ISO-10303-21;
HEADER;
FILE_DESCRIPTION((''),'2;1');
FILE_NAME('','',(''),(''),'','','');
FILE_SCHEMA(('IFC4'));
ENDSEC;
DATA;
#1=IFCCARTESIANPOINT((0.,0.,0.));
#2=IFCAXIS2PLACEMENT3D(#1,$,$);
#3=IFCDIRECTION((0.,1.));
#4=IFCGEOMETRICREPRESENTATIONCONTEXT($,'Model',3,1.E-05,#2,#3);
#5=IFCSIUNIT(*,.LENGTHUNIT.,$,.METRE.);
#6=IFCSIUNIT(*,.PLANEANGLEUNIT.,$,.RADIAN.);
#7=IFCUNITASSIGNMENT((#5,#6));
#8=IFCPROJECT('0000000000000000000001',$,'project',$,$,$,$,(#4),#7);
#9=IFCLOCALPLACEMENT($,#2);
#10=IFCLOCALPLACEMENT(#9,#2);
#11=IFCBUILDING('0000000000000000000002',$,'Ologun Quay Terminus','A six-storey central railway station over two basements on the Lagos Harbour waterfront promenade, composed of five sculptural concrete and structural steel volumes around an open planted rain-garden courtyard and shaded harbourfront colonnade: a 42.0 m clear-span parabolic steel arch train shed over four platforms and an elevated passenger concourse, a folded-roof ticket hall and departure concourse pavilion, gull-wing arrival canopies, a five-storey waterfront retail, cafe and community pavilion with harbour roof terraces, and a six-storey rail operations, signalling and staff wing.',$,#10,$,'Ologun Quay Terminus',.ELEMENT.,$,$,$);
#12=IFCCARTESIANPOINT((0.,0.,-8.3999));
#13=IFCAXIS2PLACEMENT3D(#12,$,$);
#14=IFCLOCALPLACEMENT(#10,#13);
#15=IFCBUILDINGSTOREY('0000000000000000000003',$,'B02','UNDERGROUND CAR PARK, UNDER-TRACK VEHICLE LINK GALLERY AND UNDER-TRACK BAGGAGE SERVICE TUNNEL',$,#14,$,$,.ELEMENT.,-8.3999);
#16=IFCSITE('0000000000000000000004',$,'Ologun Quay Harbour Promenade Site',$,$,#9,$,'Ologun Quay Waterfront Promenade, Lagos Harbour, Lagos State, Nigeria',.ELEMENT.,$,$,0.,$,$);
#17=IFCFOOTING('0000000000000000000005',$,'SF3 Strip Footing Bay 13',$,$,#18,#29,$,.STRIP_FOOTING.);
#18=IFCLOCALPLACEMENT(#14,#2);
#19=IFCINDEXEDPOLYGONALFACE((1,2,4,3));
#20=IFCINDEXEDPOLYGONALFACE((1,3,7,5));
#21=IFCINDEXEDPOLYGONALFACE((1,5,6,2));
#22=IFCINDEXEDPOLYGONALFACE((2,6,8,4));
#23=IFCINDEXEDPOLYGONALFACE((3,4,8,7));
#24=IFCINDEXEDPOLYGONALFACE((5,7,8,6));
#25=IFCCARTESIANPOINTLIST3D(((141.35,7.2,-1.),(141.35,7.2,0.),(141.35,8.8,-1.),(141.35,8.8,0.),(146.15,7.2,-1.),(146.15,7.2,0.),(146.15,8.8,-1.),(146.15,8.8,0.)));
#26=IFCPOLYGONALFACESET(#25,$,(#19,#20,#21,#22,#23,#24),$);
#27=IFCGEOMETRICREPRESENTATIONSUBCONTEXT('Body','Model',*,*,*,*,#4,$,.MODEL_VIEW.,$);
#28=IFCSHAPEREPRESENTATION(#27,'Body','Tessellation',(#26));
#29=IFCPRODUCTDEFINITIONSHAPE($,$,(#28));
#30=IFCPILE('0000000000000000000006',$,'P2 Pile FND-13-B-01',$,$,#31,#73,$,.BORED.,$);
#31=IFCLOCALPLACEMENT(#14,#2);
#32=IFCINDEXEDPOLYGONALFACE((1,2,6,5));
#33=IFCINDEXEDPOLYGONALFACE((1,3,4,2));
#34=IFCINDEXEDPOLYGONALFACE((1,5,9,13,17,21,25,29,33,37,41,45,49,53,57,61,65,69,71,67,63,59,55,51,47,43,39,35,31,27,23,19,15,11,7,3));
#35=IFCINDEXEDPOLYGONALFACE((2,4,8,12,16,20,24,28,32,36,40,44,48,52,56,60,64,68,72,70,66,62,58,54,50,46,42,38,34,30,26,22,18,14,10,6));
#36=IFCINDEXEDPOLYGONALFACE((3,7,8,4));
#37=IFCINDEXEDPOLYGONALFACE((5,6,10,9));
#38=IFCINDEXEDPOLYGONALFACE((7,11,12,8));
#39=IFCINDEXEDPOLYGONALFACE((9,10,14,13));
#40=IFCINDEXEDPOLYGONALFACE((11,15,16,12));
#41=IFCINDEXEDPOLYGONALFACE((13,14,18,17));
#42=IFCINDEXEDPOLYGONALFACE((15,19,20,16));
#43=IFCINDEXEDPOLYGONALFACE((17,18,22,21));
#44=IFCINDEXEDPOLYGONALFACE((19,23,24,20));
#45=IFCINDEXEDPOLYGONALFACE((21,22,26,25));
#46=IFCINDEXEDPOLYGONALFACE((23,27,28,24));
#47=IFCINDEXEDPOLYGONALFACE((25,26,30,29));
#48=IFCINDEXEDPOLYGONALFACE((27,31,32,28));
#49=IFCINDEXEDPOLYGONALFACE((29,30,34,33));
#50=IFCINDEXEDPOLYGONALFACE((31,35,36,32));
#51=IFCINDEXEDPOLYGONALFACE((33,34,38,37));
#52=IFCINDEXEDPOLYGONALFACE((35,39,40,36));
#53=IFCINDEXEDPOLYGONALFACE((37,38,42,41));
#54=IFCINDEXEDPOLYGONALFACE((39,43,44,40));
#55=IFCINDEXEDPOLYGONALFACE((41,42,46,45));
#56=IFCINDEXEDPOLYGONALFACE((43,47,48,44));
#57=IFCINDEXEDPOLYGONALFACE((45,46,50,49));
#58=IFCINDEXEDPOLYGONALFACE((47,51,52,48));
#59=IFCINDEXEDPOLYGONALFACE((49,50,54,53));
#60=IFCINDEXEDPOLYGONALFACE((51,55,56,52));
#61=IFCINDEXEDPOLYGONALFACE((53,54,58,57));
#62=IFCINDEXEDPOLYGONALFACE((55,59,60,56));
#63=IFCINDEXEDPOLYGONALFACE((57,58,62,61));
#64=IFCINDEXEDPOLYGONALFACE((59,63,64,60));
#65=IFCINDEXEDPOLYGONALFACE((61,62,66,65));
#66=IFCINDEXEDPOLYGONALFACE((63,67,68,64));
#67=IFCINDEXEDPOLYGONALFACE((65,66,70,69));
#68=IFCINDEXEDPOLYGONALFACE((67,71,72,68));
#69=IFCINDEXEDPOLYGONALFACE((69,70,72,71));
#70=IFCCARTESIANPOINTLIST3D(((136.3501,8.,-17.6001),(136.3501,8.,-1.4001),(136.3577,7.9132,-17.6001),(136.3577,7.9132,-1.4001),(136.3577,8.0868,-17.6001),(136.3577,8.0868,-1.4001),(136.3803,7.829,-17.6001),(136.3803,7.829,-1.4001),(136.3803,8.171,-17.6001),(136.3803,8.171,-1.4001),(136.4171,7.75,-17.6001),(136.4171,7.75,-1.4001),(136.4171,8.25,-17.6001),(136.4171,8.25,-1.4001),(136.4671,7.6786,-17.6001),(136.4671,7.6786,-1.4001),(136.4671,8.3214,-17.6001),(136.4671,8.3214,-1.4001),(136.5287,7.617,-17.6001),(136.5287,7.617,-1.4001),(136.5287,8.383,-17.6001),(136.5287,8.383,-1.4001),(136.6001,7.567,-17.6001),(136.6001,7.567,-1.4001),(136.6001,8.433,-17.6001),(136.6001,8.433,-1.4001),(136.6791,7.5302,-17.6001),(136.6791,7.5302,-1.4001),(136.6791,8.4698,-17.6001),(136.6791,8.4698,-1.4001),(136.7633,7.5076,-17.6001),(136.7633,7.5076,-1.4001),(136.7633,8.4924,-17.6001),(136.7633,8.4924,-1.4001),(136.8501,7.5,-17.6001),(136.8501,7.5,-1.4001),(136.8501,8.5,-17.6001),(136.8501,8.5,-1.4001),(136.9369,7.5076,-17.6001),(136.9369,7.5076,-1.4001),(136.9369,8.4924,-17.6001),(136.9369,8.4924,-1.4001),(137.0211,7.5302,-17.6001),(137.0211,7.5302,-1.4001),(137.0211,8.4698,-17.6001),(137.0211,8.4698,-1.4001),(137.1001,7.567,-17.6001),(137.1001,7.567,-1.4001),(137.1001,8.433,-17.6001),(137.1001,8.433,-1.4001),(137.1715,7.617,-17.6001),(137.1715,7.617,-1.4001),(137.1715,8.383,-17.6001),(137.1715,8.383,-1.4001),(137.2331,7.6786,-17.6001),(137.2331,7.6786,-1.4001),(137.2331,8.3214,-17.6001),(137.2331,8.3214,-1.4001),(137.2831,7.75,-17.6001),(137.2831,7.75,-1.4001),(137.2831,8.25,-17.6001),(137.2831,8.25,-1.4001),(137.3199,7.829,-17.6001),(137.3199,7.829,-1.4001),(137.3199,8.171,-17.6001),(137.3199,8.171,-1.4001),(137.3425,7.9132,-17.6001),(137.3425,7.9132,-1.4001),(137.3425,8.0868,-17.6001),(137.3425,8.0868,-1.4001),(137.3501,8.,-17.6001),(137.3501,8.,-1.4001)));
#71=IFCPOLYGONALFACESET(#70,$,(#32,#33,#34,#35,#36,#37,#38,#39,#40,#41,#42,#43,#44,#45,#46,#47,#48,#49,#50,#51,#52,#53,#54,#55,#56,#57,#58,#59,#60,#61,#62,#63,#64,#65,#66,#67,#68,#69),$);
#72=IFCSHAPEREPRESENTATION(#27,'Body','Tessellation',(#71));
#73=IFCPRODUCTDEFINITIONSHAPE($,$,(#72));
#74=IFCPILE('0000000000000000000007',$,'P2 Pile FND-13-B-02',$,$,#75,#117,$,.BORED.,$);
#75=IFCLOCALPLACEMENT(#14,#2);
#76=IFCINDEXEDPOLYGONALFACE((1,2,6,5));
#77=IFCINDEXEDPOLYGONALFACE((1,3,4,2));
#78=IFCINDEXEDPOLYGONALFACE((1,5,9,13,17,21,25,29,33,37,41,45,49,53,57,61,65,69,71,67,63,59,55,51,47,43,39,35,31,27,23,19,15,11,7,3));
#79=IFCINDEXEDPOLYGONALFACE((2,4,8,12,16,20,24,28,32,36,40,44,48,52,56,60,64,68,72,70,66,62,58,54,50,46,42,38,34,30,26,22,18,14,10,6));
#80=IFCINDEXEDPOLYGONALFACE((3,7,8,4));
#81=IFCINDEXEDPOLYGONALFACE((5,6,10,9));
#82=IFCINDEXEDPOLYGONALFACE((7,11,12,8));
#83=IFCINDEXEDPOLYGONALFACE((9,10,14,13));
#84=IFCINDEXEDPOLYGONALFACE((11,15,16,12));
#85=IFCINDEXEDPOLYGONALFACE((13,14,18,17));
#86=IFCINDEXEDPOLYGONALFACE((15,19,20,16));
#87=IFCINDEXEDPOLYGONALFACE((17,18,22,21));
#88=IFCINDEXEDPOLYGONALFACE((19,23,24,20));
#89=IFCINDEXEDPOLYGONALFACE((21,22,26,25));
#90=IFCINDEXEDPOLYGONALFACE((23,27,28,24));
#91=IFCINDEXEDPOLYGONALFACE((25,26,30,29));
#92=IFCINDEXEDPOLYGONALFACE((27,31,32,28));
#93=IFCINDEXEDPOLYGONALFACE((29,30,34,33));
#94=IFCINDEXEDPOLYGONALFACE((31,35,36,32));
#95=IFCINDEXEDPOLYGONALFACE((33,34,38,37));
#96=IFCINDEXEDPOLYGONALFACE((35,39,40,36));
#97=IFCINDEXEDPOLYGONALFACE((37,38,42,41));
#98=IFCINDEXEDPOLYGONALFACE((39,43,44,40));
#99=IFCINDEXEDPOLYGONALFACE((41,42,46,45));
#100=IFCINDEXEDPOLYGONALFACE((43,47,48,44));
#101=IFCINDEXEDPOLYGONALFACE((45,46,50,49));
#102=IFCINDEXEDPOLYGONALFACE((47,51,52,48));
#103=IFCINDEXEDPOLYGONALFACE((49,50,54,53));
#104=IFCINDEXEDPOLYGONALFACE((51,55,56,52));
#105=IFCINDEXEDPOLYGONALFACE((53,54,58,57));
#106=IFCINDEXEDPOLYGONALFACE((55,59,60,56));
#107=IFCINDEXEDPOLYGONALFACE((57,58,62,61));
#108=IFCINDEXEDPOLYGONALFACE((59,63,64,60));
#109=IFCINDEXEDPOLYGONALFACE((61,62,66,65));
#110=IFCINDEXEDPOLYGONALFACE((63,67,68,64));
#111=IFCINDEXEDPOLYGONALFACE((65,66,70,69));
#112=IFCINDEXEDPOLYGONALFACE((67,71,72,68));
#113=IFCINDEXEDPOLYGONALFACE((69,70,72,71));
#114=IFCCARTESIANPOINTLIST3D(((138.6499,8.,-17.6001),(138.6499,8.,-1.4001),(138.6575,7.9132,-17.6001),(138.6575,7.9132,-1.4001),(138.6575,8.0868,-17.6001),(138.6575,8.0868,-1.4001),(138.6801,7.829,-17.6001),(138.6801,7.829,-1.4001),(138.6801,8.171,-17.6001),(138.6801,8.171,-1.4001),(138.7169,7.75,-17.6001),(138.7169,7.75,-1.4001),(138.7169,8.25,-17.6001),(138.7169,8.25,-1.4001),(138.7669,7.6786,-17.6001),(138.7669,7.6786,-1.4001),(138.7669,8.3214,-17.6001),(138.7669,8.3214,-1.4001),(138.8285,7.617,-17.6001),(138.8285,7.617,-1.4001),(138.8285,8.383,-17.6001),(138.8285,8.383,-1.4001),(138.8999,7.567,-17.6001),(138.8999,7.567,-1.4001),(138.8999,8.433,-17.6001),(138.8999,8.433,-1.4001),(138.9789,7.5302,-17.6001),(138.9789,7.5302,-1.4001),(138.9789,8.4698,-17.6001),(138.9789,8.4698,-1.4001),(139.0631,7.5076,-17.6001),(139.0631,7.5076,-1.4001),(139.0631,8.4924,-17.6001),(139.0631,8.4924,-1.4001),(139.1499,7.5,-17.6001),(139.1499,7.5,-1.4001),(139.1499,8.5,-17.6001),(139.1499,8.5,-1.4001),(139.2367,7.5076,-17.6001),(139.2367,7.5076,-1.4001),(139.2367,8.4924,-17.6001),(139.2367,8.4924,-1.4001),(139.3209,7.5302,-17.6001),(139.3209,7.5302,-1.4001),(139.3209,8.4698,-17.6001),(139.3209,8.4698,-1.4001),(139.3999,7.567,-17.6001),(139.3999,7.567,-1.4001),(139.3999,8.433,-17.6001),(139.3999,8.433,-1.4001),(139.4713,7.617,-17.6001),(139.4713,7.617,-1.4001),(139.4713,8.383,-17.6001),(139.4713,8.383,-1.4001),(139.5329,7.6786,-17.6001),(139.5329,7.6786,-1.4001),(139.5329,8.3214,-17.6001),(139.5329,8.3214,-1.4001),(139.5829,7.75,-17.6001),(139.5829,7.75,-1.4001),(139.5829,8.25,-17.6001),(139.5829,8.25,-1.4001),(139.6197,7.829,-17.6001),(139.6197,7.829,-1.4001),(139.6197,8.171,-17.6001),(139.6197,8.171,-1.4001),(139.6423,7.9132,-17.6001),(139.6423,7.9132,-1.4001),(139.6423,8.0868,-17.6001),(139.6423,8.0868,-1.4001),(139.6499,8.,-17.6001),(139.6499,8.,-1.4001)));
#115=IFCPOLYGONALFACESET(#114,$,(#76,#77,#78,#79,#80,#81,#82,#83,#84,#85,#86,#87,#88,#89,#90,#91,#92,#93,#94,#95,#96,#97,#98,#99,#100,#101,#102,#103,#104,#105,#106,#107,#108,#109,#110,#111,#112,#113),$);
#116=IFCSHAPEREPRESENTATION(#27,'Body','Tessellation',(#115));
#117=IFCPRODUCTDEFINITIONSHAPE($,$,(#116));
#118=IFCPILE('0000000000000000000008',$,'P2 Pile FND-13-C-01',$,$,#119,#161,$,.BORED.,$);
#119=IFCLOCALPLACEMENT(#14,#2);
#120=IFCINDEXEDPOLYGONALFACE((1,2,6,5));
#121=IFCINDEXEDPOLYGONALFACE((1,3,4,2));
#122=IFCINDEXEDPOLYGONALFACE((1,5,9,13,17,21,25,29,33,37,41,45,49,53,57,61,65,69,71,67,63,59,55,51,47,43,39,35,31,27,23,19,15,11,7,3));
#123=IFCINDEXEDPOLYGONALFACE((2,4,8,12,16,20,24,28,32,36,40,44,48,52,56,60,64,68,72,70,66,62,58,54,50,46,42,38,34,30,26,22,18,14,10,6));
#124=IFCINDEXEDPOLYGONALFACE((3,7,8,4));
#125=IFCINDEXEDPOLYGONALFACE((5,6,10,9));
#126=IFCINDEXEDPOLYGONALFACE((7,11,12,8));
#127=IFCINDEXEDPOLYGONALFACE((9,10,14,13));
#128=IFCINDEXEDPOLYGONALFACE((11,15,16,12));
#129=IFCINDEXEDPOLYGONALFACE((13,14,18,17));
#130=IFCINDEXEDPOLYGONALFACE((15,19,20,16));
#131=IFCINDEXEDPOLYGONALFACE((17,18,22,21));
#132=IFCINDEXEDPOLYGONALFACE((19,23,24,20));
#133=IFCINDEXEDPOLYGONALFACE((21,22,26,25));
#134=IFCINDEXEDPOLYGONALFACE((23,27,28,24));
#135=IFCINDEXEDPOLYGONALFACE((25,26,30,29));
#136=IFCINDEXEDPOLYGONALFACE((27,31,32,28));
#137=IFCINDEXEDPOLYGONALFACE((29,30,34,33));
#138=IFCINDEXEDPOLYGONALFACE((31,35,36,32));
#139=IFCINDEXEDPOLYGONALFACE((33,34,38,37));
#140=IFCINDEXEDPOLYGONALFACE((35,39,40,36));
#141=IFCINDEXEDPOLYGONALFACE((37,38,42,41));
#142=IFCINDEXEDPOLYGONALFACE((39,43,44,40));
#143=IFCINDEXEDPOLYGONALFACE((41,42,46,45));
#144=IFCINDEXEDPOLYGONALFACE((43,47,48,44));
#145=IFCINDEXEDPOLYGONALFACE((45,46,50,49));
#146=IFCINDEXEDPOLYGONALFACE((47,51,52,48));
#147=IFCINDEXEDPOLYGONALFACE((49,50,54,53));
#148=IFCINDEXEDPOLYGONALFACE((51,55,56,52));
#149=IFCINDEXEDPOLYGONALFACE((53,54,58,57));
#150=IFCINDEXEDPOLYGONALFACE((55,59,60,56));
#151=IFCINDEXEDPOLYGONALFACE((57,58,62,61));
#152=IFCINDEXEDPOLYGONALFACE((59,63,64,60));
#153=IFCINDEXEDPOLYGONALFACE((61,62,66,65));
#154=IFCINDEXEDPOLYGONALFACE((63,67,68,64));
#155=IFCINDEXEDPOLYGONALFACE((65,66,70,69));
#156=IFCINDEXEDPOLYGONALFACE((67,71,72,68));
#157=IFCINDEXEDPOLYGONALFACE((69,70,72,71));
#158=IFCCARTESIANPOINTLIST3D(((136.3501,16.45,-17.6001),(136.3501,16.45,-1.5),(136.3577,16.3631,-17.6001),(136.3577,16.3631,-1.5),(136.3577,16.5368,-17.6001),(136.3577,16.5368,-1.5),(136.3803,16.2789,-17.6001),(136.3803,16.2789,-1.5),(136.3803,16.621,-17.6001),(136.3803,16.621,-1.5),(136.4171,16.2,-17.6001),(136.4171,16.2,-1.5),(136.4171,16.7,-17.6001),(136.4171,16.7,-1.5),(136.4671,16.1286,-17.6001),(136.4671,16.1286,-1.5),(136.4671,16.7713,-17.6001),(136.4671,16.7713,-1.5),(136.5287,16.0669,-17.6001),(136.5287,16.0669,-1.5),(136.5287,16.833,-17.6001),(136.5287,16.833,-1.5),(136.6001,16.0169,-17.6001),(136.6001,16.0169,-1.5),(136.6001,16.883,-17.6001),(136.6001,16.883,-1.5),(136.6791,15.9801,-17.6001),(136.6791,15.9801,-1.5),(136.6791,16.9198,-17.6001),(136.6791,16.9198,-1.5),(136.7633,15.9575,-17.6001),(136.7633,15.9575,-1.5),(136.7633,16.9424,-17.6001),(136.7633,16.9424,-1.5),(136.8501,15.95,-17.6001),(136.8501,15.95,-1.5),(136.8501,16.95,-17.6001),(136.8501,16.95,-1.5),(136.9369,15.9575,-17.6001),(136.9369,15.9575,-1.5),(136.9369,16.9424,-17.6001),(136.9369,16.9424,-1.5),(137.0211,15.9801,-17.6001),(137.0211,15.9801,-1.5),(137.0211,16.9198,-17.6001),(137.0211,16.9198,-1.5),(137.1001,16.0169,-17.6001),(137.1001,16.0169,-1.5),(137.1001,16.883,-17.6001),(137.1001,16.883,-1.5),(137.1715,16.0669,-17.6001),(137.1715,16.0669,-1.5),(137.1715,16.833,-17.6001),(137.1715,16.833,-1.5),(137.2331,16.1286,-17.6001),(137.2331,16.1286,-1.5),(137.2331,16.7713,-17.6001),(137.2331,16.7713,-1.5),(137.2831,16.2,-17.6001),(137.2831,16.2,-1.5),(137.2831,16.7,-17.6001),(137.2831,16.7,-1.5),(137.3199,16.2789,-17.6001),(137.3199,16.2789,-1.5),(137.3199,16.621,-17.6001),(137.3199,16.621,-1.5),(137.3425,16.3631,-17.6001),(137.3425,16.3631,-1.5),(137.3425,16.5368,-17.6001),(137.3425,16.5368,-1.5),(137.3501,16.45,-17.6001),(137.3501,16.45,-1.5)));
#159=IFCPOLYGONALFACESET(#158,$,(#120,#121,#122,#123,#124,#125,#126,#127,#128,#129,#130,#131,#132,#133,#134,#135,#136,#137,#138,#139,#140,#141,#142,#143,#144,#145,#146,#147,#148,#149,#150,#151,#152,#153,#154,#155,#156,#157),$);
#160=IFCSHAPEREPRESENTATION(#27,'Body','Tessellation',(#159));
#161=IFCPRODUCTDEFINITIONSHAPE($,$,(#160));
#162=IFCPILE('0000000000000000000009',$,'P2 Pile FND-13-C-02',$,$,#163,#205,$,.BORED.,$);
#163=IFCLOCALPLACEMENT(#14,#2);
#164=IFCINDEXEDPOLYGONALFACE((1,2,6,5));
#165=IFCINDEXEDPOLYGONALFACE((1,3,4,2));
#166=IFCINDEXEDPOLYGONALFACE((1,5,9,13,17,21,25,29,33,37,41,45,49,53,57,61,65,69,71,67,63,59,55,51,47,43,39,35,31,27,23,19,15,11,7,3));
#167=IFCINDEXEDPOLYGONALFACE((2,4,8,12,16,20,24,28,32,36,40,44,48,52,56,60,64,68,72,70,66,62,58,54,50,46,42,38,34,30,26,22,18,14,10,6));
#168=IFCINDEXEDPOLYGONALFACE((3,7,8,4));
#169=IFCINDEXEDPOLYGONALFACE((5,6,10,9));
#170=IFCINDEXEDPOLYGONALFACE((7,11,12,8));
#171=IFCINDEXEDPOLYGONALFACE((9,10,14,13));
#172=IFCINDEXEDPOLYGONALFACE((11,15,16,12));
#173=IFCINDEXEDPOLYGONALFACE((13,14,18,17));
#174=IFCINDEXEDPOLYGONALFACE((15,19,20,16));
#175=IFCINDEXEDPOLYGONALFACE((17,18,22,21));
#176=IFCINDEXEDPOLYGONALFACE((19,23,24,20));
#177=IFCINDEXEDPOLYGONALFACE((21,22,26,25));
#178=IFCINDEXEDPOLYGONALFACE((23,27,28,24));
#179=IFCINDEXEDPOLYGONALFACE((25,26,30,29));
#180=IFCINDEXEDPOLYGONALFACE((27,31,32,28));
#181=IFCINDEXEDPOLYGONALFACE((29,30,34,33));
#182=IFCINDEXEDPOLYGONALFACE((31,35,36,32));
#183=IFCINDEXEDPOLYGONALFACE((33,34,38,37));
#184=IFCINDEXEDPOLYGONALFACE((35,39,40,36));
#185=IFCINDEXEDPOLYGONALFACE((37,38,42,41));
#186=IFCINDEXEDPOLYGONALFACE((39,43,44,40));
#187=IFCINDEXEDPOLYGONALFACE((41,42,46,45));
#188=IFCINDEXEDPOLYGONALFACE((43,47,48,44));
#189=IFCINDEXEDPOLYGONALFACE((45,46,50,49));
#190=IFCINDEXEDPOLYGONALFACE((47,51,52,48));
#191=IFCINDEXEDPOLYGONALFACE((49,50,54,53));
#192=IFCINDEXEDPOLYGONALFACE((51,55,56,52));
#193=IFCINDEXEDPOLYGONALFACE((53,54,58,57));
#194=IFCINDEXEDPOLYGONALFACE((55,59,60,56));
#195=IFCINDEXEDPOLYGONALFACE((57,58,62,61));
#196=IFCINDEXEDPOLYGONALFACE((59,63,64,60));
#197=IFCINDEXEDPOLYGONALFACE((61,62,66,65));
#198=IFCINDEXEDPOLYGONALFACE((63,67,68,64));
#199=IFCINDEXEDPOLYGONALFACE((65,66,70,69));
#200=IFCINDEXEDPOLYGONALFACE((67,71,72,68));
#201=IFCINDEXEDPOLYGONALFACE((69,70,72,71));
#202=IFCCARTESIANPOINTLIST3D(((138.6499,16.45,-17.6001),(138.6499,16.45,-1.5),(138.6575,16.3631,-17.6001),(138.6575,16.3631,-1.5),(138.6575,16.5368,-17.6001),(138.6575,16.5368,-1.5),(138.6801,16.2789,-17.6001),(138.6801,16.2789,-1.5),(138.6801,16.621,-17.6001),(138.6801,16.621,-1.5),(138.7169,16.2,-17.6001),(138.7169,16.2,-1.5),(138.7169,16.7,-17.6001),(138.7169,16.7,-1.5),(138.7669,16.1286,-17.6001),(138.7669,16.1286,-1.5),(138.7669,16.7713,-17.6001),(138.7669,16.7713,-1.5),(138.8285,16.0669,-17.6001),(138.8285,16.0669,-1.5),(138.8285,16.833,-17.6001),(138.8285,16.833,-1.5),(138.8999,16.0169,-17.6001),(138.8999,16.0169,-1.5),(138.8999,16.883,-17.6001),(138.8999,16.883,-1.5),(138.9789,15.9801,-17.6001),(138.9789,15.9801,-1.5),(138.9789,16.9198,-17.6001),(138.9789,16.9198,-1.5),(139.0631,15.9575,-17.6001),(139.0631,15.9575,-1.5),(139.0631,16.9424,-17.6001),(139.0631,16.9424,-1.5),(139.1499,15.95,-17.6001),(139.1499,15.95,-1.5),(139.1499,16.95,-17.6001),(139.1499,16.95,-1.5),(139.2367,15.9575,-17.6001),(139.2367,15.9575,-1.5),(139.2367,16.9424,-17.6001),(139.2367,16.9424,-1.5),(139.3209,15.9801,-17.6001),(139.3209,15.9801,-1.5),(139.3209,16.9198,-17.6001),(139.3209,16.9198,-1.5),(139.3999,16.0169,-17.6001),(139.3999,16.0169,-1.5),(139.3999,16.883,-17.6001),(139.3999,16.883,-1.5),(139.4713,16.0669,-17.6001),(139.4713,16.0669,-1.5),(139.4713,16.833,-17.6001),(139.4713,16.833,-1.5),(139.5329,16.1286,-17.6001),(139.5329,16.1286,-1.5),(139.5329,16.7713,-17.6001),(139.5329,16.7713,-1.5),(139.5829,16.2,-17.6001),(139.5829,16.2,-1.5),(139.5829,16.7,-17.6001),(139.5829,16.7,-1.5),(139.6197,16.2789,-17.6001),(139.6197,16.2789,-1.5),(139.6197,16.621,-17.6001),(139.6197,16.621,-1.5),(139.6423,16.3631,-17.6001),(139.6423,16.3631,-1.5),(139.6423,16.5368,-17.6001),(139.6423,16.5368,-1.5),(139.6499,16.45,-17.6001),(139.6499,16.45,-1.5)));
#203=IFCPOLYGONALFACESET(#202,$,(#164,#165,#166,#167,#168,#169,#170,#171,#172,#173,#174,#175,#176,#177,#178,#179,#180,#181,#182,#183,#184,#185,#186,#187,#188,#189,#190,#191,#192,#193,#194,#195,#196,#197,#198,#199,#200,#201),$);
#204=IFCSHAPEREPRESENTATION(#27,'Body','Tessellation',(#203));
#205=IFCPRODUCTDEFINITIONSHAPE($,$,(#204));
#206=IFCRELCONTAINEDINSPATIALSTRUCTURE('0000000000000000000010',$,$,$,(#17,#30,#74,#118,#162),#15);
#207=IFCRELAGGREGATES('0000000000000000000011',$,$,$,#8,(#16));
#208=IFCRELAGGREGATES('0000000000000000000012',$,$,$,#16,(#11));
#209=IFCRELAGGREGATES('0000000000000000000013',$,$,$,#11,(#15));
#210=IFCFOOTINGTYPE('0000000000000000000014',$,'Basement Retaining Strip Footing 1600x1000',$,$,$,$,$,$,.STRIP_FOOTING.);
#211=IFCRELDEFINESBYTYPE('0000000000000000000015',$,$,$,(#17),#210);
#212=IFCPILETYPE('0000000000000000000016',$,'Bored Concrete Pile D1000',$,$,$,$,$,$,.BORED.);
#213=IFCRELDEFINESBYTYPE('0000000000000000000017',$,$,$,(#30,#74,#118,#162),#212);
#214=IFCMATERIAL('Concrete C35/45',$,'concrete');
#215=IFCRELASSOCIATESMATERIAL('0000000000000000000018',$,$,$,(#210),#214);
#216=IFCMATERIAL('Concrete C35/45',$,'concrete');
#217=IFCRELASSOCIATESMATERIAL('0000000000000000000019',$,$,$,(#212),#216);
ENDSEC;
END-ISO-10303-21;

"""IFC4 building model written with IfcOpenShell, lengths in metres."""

from ifc_helpers import new_model, si_unit, direction, frame, origin, origin_2d, place, context, subcontext, project, spatial, rectangle, circle, extrude, material, material_profile, profile_set, type_object, element, save


model = new_model("IFC4")

# Units and contexts
model_context = context("Model", 3, precision=1e-05, world=origin(), true_north=direction((0.0, 1.0)))
body_context = subcontext(model_context, "Body", "Model", "MODEL_VIEW")
ifc_project = project(units=[si_unit("LENGTHUNIT", "METRE"), si_unit("PLANEANGLEUNIT", "RADIAN")], contexts=[model_context])

# Site, building, storey
site_placement = place(None, origin())
site = spatial("IfcSite", under=ifc_project, at=site_placement, Name="Ologun Quay Harbour Promenade Site", LongName="Ologun Quay Waterfront Promenade, Lagos Harbour, Lagos State, Nigeria", CompositionType="ELEMENT", RefElevation=0.0)
building_placement = place(site_placement, origin())
building = spatial("IfcBuilding", under=site, at=building_placement, Name="Ologun Quay Terminus", Description="A six-storey central railway station over two basements on the Lagos Harbour waterfront promenade, composed of five sculptural concrete and structural steel volumes around an open planted rain-garden courtyard and shaded harbourfront colonnade: a 42.0 m clear-span parabolic steel arch train shed over four platforms and an elevated passenger concourse, a folded-roof ticket hall and departure concourse pavilion, gull-wing arrival canopies, a five-storey waterfront retail, cafe and community pavilion with harbour roof terraces, and a six-storey rail operations, signalling and staff wing.", LongName="Ologun Quay Terminus", CompositionType="ELEMENT")
storey_placement = place(building_placement, frame((0.0, 0.0, -8.3999)))
storey = spatial("IfcBuildingStorey", under=building, at=storey_placement, Name="B02", Description="UNDERGROUND CAR PARK, UNDER-TRACK VEHICLE LINK GALLERY AND UNDER-TRACK BAGGAGE SERVICE TUNNEL", CompositionType="ELEMENT", Elevation=-8.3999)

# Footing
ifc_material_1 = material(Name="Concrete C35/45", Category="concrete")
footing_type_1 = type_object("IfcFootingType", Name="Basement Retaining Strip Footing 1600x1000", PredefinedType="STRIP_FOOTING", material=ifc_material_1)
footing_1_placement = place(storey_placement, frame((143.75, 8.0, -1.0), z_axis=(0.0, 0.0, 1.0), x_axis=(1.0, 0.0, 0.0)))
element("IfcFooting", 1, at=footing_1_placement, inside=storey, type_object=footing_type_1, Name="SF3 Strip Footing Bay 13", PredefinedType="STRIP_FOOTING", context=body_context, shape_type="SweptSolid", body=[
    extrude(rectangle(XDim=4.8, YDim=1.6001, at=origin_2d()), origin(), (0.0, 0.0, 1.0), 1.0),
])

# Piles
ifc_material_2 = material(Name="Concrete C35/45", Category="concrete")
ifc_material_profile_1 = material_profile(ifc_material_2, circle(Radius=0.5, at=origin_2d()), Name="PILE D1000")
ifc_profile_set_1 = profile_set([ifc_material_profile_1], Name="Concrete C35/45")
pile_type_1 = type_object("IfcPileType", Name="Bored Concrete Pile D1000", PredefinedType="BORED", material=ifc_profile_set_1)
for number, where, z_axis, x_axis, name in (
    (2, (136.8501, 8.0, -1.4001), (0.0, 0.0, -1.0), (1.0, 0.0, 0.0), "P2 Pile FND-13-B-01"),
    (3, (139.1499, 8.0, -1.4001), (0.0, 0.0, -1.0), (1.0, 0.0, 0.0), "P2 Pile FND-13-B-02"),
):
    element("IfcPile", number, at=place(storey_placement, frame(where, z_axis=z_axis, x_axis=x_axis)), inside=storey, type_object=pile_type_1, Name=name, PredefinedType="BORED", context=body_context, shape_type="SweptSolid", body=[
        extrude(circle(Radius=0.5, at=origin_2d()), origin(), (0.0, 0.0, 1.0), 16.2),
    ])
for number, where, z_axis, x_axis, name in (
    (4, (136.8501, 16.45, -1.5), (0.0, 0.0, -1.0), (1.0, 0.0, 0.0), "P2 Pile FND-13-C-01"),
    (5, (139.1499, 16.45, -1.5), (0.0, 0.0, -1.0), (1.0, 0.0, 0.0), "P2 Pile FND-13-C-02"),
):
    element("IfcPile", number, at=place(storey_placement, frame(where, z_axis=z_axis, x_axis=x_axis)), inside=storey, type_object=pile_type_1, Name=name, PredefinedType="BORED", context=body_context, shape_type="SweptSolid", body=[
        extrude(circle(Radius=0.5, at=origin_2d()), origin(), (0.0, 0.0, 1.0), 16.1001),
    ])

save(model, "model.ifc")
